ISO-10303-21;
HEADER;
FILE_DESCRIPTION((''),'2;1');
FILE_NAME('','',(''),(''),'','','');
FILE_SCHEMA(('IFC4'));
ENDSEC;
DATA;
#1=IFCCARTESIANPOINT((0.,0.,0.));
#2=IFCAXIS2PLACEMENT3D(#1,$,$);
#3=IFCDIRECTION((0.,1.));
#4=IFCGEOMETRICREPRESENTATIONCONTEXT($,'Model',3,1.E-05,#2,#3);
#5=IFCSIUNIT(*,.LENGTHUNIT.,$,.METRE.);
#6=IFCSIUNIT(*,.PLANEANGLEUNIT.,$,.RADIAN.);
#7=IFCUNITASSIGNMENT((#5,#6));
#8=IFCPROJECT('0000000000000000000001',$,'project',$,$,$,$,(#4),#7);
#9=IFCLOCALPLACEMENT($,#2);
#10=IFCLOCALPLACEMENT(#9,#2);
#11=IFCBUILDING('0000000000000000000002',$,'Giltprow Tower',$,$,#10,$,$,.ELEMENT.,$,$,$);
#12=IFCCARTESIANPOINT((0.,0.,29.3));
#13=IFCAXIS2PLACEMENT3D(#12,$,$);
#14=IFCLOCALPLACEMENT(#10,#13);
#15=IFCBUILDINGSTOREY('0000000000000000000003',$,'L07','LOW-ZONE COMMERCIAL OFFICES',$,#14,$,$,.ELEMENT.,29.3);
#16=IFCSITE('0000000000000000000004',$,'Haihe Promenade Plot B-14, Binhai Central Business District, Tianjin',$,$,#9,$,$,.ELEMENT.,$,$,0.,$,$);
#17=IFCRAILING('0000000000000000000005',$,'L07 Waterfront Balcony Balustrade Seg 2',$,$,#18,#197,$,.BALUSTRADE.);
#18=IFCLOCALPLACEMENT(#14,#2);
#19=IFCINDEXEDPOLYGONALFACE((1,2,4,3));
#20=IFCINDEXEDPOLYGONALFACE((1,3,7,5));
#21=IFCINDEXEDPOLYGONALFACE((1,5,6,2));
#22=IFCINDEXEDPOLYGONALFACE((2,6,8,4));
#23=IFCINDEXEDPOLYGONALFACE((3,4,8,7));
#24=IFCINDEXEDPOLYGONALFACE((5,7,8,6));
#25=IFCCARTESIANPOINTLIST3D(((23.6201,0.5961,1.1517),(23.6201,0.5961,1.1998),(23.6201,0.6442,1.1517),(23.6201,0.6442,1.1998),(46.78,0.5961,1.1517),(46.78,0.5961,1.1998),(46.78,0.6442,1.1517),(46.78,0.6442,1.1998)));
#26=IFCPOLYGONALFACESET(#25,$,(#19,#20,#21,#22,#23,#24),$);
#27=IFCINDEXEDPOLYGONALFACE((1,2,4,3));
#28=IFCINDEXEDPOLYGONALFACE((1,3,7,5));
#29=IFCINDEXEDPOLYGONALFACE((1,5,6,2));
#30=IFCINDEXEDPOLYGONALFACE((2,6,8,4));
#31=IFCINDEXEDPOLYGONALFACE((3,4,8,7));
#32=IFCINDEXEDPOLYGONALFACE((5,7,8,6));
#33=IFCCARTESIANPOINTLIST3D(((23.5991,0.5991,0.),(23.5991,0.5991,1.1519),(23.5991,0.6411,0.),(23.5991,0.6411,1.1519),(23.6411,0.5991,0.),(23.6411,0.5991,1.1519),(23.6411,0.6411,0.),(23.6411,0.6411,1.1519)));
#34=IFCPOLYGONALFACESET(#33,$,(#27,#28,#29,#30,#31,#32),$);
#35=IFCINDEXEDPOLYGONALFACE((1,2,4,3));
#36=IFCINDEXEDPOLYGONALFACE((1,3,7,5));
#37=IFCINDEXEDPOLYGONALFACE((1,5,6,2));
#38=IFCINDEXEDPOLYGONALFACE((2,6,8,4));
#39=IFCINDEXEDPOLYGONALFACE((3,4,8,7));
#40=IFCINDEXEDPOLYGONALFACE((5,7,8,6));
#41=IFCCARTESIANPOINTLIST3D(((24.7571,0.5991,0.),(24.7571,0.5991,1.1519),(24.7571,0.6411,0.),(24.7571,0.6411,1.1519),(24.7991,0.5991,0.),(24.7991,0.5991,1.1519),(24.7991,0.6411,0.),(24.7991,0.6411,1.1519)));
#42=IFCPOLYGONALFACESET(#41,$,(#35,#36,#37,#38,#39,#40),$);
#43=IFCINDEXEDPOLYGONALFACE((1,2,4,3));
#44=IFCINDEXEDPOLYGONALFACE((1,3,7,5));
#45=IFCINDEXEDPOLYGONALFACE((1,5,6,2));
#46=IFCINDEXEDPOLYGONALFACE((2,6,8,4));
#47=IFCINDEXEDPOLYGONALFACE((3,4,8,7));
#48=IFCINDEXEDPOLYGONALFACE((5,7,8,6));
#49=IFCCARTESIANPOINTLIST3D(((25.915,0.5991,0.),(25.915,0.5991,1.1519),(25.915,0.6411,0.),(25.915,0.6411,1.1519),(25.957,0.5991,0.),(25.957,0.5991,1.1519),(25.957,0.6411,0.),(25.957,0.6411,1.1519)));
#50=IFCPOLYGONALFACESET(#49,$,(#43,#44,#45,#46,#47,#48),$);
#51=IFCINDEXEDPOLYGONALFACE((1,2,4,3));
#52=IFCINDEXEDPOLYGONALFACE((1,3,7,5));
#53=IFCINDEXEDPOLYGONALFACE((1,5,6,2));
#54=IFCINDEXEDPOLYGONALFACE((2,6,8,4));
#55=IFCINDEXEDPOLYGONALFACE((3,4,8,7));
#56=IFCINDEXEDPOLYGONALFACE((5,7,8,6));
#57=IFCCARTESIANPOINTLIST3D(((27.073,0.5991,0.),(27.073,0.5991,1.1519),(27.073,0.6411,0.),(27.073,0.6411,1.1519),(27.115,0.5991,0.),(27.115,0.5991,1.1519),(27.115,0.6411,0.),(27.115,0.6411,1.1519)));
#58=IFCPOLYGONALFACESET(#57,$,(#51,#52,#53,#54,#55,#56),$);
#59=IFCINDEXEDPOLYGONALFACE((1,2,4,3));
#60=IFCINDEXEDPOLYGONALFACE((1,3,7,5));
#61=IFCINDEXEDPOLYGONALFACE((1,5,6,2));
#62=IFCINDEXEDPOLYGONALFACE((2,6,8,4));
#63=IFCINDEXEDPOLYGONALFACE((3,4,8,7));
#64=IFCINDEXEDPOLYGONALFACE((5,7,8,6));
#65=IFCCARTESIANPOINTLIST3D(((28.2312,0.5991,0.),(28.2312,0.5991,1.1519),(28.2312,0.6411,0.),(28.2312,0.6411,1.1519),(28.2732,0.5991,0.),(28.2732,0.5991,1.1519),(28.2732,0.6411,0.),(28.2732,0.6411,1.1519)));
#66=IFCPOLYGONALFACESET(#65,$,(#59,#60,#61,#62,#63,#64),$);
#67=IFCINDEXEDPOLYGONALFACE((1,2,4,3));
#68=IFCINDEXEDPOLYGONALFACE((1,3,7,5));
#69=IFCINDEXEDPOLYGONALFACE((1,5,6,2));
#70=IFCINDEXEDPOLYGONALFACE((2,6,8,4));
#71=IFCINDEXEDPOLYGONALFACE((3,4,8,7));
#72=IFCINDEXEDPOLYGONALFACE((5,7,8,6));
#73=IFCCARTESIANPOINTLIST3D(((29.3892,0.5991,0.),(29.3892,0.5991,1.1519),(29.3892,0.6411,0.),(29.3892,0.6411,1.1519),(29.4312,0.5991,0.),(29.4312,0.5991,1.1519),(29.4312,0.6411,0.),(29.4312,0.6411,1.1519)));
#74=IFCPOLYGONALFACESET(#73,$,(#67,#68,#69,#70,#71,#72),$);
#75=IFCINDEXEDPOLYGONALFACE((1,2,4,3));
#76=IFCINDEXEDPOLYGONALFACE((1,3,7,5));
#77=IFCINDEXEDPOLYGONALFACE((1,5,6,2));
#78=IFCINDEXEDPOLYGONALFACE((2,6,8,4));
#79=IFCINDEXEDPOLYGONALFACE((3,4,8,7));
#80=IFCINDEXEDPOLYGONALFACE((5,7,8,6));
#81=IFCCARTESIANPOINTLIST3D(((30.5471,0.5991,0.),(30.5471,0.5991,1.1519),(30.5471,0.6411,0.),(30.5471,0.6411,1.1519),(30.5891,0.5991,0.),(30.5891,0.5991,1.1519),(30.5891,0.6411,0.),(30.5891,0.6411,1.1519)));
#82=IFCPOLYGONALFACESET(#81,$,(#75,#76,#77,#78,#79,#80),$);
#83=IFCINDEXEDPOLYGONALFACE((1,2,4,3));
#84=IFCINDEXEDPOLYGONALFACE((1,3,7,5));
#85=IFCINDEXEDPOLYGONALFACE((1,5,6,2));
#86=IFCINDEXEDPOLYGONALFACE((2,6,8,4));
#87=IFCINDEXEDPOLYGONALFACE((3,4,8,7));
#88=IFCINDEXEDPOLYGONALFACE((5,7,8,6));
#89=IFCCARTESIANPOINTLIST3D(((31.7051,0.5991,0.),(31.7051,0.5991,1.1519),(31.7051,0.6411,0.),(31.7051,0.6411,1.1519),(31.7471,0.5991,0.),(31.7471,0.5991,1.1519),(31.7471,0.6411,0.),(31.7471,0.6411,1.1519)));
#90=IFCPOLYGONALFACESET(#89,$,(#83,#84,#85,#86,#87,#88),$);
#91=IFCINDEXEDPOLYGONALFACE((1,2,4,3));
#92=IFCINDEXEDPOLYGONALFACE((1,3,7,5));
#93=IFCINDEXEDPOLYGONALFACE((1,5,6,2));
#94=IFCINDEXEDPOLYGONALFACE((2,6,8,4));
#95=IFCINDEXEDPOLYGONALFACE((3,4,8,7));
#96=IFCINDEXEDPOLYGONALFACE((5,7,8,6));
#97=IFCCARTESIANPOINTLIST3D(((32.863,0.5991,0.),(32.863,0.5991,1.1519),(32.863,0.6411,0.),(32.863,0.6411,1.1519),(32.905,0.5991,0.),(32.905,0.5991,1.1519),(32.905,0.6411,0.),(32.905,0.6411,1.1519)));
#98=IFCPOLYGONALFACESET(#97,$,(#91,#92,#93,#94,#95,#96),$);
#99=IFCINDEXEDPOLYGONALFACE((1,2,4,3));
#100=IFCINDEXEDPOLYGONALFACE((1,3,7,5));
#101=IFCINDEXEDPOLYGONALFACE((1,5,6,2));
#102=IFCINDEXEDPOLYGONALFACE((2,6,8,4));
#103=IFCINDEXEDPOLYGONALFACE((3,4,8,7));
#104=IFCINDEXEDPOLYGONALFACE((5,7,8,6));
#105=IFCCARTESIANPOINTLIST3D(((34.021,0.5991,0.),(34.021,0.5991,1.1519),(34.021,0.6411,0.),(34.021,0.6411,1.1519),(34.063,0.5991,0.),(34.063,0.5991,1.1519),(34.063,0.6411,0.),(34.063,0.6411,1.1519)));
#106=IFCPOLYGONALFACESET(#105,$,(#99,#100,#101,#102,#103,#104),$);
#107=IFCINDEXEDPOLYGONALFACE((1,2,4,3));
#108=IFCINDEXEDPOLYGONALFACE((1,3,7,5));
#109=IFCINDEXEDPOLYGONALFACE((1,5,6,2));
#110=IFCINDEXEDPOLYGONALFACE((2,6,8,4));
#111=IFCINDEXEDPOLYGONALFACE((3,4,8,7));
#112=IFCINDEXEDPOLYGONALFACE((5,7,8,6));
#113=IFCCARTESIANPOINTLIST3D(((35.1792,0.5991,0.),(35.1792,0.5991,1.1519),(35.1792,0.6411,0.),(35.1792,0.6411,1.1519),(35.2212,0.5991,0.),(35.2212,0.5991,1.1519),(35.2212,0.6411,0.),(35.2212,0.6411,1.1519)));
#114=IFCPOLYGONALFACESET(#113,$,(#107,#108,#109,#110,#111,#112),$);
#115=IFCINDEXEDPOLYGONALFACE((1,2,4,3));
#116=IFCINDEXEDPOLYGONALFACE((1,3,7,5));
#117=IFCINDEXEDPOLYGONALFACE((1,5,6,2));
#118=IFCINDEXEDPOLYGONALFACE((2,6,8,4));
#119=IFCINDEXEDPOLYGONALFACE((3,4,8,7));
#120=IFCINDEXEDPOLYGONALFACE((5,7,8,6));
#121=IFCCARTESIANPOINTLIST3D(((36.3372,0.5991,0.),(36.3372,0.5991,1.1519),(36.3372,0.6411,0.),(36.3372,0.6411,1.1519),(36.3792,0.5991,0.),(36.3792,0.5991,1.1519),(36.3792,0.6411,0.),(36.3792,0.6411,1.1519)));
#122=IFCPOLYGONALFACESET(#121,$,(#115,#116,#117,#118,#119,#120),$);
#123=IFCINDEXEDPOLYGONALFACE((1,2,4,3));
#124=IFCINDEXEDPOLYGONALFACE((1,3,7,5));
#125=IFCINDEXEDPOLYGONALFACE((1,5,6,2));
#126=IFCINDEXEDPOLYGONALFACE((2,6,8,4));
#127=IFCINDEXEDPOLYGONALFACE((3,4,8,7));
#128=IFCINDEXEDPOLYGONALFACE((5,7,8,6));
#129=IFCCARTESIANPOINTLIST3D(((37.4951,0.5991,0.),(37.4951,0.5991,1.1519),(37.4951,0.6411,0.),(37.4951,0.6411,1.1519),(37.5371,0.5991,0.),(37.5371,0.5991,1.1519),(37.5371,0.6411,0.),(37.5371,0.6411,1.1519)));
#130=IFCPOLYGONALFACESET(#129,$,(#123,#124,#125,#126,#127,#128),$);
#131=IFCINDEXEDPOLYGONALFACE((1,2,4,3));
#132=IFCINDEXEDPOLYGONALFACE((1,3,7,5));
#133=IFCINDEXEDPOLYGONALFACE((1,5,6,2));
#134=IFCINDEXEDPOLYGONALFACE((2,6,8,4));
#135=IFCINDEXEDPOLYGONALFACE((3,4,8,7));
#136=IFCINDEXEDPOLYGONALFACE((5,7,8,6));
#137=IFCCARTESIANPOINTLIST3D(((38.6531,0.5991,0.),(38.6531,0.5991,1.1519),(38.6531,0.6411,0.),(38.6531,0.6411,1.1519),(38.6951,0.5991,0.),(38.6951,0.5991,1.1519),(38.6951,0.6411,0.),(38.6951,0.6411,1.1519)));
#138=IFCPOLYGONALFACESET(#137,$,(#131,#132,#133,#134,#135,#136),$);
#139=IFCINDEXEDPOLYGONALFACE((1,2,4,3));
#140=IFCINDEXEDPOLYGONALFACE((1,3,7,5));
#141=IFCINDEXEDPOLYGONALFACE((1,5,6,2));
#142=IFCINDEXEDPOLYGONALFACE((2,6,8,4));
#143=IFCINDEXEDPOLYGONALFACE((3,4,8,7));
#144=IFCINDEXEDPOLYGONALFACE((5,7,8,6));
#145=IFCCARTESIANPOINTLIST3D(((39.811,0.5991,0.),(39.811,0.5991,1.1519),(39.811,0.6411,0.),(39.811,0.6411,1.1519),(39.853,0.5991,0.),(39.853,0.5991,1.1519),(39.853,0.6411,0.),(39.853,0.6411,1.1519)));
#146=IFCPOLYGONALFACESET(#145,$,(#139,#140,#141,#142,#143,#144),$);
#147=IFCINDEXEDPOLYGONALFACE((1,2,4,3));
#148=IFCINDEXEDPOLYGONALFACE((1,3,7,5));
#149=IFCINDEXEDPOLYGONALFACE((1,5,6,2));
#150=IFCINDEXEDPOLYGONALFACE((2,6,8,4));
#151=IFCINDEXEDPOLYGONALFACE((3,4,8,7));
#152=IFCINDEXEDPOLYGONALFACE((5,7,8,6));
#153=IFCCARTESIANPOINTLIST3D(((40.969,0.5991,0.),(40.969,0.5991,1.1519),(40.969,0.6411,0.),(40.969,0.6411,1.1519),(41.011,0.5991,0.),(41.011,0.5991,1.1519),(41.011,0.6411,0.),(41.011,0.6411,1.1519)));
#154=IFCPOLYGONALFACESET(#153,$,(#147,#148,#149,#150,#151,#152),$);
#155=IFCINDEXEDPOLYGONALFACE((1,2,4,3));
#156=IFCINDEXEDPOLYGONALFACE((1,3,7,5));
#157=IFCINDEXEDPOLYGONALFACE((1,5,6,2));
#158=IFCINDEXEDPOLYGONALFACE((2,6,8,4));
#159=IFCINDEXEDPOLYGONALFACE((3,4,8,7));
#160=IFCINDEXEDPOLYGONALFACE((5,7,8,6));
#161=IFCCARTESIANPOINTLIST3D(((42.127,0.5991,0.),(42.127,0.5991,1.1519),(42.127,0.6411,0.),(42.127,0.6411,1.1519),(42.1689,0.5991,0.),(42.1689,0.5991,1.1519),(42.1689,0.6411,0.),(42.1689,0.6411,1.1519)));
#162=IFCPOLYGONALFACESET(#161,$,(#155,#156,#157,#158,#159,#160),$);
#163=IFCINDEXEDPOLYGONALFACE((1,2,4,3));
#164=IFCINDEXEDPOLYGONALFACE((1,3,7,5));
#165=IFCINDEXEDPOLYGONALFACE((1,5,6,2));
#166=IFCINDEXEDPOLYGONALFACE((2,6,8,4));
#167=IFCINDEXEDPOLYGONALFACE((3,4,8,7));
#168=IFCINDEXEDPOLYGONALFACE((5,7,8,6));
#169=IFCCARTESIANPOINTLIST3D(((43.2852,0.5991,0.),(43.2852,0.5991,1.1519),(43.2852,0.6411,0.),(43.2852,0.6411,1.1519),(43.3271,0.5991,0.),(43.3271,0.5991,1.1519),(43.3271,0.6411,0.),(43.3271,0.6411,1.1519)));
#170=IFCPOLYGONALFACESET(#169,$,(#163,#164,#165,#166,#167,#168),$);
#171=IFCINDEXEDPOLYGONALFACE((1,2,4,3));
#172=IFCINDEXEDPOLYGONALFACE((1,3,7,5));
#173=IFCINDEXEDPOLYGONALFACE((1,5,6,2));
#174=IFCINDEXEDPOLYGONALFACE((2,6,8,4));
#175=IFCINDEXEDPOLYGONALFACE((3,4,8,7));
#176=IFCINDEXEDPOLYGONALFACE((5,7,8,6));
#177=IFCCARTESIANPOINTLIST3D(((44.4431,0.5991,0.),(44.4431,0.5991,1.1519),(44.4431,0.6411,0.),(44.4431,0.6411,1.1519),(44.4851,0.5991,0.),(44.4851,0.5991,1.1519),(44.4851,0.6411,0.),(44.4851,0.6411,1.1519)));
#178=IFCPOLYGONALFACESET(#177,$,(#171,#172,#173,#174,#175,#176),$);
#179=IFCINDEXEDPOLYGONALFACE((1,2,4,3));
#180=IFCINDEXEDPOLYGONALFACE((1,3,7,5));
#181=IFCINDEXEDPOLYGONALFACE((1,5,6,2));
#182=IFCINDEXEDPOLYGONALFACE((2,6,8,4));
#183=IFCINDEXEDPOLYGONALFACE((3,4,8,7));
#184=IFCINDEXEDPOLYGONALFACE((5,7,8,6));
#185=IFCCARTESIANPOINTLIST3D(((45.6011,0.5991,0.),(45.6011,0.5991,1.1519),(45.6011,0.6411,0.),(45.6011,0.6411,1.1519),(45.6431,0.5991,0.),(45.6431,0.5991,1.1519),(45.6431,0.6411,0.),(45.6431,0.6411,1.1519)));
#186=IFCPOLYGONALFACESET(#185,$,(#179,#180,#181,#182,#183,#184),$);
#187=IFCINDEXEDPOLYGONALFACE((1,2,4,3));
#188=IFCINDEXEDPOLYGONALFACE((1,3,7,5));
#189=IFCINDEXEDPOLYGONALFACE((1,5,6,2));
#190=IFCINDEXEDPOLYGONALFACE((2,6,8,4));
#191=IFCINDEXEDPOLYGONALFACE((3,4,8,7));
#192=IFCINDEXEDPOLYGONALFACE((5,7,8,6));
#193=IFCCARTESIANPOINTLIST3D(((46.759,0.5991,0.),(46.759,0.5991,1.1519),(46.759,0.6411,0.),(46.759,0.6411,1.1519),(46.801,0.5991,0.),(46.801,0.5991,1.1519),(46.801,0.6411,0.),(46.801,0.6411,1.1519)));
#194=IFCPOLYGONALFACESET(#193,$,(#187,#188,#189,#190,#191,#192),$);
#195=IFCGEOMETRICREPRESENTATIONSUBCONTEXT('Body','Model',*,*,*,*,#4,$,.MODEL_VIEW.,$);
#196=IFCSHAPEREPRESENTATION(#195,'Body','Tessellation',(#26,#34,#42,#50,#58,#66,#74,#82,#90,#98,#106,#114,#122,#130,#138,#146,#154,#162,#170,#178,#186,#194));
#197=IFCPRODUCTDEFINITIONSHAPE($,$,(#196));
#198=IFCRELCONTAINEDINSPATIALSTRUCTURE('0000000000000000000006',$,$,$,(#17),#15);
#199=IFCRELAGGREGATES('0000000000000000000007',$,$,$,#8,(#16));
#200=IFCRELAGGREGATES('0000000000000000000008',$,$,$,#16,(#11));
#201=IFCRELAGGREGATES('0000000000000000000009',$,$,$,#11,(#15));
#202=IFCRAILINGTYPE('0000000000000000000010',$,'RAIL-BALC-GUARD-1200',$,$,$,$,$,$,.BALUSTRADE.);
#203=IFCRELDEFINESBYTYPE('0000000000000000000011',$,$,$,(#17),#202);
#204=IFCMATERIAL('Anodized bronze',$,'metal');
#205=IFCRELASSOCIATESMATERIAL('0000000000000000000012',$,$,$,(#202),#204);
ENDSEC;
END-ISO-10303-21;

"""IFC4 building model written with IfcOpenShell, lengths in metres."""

from ifc_helpers import new_model, si_unit, direction, frame, origin, origin_2d, place, context, subcontext, project, spatial, rectangle, extrude, material, type_object, element, save


model = new_model("IFC4")

# Units and contexts
model_context = context("Model", 3, precision=1e-05, world=origin(), true_north=direction((0.0, 1.0)))
body_context = subcontext(model_context, "Body", "Model", "MODEL_VIEW")
ifc_project = project(units=[si_unit("LENGTHUNIT", "METRE"), si_unit("PLANEANGLEUNIT", "RADIAN")], contexts=[model_context])

# Site, building, storey
site_placement = place(None, origin())
site = spatial("IfcSite", under=ifc_project, at=site_placement, Name="Haihe Promenade Plot B-14, Binhai Central Business District, Tianjin", CompositionType="ELEMENT", RefElevation=0.0)
building_placement = place(site_placement, origin())
building = spatial("IfcBuilding", under=site, at=building_placement, Name="Giltprow Tower", CompositionType="ELEMENT")
storey_placement = place(building_placement, frame((0.0, 0.0, 29.3)))
storey = spatial("IfcBuildingStorey", under=building, at=storey_placement, Name="L07", Description="LOW-ZONE COMMERCIAL OFFICES", CompositionType="ELEMENT", Elevation=29.3)

# Shared definitions
ifc_material_1 = material(Name="Anodized bronze", Category="metal")

# Railing
railing_type = type_object("IfcRailingType", Name="RAIL-BALC-GUARD-1200", PredefinedType="BALUSTRADE", material=ifc_material_1)
railing_1_placement = place(storey_placement, frame((23.6201, 0.6201, 0.0)))
element("IfcRailing", 1, at=railing_1_placement, inside=storey, type_object=railing_type, Name="L07 Waterfront Balcony Balustrade Seg 2", PredefinedType="BALUSTRADE", context=body_context, shape_type="SweptSolid", body=[
    extrude(rectangle(XDim=0.0481, YDim=0.0481, at=origin_2d()), frame((0.0, 0.0, 1.1758), z_axis=(1.0, 0.0, 0.0), x_axis=(0.0, 1.0, 0.0)), (0.0, 0.0, 1.0), 23.1599),
    extrude(rectangle(XDim=0.042, YDim=0.042, at=origin_2d()), origin(), (0.0, 0.0, 1.0), 1.1519),
    extrude(rectangle(XDim=0.042, YDim=0.042, at=origin_2d()), frame((1.158, 0.0, 0.0)), (0.0, 0.0, 1.0), 1.1519),
    extrude(rectangle(XDim=0.042, YDim=0.042, at=origin_2d()), frame((2.3159, 0.0, 0.0)), (0.0, 0.0, 1.0), 1.1519),
    extrude(rectangle(XDim=0.042, YDim=0.042, at=origin_2d()), frame((3.4739, 0.0, 0.0)), (0.0, 0.0, 1.0), 1.1519),
    extrude(rectangle(XDim=0.042, YDim=0.042, at=origin_2d()), frame((4.6321, 0.0, 0.0)), (0.0, 0.0, 1.0), 1.1519),
    extrude(rectangle(XDim=0.042, YDim=0.042, at=origin_2d()), frame((5.79, 0.0, 0.0)), (0.0, 0.0, 1.0), 1.1519),
    extrude(rectangle(XDim=0.042, YDim=0.042, at=origin_2d()), frame((6.948, 0.0, 0.0)), (0.0, 0.0, 1.0), 1.1519),
    extrude(rectangle(XDim=0.042, YDim=0.042, at=origin_2d()), frame((8.106, 0.0, 0.0)), (0.0, 0.0, 1.0), 1.1519),
    extrude(rectangle(XDim=0.042, YDim=0.042, at=origin_2d()), frame((9.2639, 0.0, 0.0)), (0.0, 0.0, 1.0), 1.1519),
    extrude(rectangle(XDim=0.042, YDim=0.042, at=origin_2d()), frame((10.4219, 0.0, 0.0)), (0.0, 0.0, 1.0), 1.1519),
    extrude(rectangle(XDim=0.042, YDim=0.042, at=origin_2d()), frame((11.5801, 0.0, 0.0)), (0.0, 0.0, 1.0), 1.1519),
    extrude(rectangle(XDim=0.042, YDim=0.042, at=origin_2d()), frame((12.738, 0.0, 0.0)), (0.0, 0.0, 1.0), 1.1519),
    extrude(rectangle(XDim=0.042, YDim=0.042, at=origin_2d()), frame((13.896, 0.0, 0.0)), (0.0, 0.0, 1.0), 1.1519),
    extrude(rectangle(XDim=0.042, YDim=0.042, at=origin_2d()), frame((15.054, 0.0, 0.0)), (0.0, 0.0, 1.0), 1.1519),
    extrude(rectangle(XDim=0.042, YDim=0.042, at=origin_2d()), frame((16.2119, 0.0, 0.0)), (0.0, 0.0, 1.0), 1.1519),
    extrude(rectangle(XDim=0.042, YDim=0.042, at=origin_2d()), frame((17.3699, 0.0, 0.0)), (0.0, 0.0, 1.0), 1.1519),
    extrude(rectangle(XDim=0.042, YDim=0.042, at=origin_2d()), frame((18.5278, 0.0, 0.0)), (0.0, 0.0, 1.0), 1.1519),
    extrude(rectangle(XDim=0.042, YDim=0.042, at=origin_2d()), frame((19.686, 0.0, 0.0)), (0.0, 0.0, 1.0), 1.1519),
    extrude(rectangle(XDim=0.042, YDim=0.042, at=origin_2d()), frame((20.844, 0.0, 0.0)), (0.0, 0.0, 1.0), 1.1519),
    extrude(rectangle(XDim=0.042, YDim=0.042, at=origin_2d()), frame((22.002, 0.0, 0.0)), (0.0, 0.0, 1.0), 1.1519),
    extrude(rectangle(XDim=0.042, YDim=0.042, at=origin_2d()), frame((23.1599, 0.0, 0.0)), (0.0, 0.0, 1.0), 1.1519),
])

save(model, "model.ifc")
